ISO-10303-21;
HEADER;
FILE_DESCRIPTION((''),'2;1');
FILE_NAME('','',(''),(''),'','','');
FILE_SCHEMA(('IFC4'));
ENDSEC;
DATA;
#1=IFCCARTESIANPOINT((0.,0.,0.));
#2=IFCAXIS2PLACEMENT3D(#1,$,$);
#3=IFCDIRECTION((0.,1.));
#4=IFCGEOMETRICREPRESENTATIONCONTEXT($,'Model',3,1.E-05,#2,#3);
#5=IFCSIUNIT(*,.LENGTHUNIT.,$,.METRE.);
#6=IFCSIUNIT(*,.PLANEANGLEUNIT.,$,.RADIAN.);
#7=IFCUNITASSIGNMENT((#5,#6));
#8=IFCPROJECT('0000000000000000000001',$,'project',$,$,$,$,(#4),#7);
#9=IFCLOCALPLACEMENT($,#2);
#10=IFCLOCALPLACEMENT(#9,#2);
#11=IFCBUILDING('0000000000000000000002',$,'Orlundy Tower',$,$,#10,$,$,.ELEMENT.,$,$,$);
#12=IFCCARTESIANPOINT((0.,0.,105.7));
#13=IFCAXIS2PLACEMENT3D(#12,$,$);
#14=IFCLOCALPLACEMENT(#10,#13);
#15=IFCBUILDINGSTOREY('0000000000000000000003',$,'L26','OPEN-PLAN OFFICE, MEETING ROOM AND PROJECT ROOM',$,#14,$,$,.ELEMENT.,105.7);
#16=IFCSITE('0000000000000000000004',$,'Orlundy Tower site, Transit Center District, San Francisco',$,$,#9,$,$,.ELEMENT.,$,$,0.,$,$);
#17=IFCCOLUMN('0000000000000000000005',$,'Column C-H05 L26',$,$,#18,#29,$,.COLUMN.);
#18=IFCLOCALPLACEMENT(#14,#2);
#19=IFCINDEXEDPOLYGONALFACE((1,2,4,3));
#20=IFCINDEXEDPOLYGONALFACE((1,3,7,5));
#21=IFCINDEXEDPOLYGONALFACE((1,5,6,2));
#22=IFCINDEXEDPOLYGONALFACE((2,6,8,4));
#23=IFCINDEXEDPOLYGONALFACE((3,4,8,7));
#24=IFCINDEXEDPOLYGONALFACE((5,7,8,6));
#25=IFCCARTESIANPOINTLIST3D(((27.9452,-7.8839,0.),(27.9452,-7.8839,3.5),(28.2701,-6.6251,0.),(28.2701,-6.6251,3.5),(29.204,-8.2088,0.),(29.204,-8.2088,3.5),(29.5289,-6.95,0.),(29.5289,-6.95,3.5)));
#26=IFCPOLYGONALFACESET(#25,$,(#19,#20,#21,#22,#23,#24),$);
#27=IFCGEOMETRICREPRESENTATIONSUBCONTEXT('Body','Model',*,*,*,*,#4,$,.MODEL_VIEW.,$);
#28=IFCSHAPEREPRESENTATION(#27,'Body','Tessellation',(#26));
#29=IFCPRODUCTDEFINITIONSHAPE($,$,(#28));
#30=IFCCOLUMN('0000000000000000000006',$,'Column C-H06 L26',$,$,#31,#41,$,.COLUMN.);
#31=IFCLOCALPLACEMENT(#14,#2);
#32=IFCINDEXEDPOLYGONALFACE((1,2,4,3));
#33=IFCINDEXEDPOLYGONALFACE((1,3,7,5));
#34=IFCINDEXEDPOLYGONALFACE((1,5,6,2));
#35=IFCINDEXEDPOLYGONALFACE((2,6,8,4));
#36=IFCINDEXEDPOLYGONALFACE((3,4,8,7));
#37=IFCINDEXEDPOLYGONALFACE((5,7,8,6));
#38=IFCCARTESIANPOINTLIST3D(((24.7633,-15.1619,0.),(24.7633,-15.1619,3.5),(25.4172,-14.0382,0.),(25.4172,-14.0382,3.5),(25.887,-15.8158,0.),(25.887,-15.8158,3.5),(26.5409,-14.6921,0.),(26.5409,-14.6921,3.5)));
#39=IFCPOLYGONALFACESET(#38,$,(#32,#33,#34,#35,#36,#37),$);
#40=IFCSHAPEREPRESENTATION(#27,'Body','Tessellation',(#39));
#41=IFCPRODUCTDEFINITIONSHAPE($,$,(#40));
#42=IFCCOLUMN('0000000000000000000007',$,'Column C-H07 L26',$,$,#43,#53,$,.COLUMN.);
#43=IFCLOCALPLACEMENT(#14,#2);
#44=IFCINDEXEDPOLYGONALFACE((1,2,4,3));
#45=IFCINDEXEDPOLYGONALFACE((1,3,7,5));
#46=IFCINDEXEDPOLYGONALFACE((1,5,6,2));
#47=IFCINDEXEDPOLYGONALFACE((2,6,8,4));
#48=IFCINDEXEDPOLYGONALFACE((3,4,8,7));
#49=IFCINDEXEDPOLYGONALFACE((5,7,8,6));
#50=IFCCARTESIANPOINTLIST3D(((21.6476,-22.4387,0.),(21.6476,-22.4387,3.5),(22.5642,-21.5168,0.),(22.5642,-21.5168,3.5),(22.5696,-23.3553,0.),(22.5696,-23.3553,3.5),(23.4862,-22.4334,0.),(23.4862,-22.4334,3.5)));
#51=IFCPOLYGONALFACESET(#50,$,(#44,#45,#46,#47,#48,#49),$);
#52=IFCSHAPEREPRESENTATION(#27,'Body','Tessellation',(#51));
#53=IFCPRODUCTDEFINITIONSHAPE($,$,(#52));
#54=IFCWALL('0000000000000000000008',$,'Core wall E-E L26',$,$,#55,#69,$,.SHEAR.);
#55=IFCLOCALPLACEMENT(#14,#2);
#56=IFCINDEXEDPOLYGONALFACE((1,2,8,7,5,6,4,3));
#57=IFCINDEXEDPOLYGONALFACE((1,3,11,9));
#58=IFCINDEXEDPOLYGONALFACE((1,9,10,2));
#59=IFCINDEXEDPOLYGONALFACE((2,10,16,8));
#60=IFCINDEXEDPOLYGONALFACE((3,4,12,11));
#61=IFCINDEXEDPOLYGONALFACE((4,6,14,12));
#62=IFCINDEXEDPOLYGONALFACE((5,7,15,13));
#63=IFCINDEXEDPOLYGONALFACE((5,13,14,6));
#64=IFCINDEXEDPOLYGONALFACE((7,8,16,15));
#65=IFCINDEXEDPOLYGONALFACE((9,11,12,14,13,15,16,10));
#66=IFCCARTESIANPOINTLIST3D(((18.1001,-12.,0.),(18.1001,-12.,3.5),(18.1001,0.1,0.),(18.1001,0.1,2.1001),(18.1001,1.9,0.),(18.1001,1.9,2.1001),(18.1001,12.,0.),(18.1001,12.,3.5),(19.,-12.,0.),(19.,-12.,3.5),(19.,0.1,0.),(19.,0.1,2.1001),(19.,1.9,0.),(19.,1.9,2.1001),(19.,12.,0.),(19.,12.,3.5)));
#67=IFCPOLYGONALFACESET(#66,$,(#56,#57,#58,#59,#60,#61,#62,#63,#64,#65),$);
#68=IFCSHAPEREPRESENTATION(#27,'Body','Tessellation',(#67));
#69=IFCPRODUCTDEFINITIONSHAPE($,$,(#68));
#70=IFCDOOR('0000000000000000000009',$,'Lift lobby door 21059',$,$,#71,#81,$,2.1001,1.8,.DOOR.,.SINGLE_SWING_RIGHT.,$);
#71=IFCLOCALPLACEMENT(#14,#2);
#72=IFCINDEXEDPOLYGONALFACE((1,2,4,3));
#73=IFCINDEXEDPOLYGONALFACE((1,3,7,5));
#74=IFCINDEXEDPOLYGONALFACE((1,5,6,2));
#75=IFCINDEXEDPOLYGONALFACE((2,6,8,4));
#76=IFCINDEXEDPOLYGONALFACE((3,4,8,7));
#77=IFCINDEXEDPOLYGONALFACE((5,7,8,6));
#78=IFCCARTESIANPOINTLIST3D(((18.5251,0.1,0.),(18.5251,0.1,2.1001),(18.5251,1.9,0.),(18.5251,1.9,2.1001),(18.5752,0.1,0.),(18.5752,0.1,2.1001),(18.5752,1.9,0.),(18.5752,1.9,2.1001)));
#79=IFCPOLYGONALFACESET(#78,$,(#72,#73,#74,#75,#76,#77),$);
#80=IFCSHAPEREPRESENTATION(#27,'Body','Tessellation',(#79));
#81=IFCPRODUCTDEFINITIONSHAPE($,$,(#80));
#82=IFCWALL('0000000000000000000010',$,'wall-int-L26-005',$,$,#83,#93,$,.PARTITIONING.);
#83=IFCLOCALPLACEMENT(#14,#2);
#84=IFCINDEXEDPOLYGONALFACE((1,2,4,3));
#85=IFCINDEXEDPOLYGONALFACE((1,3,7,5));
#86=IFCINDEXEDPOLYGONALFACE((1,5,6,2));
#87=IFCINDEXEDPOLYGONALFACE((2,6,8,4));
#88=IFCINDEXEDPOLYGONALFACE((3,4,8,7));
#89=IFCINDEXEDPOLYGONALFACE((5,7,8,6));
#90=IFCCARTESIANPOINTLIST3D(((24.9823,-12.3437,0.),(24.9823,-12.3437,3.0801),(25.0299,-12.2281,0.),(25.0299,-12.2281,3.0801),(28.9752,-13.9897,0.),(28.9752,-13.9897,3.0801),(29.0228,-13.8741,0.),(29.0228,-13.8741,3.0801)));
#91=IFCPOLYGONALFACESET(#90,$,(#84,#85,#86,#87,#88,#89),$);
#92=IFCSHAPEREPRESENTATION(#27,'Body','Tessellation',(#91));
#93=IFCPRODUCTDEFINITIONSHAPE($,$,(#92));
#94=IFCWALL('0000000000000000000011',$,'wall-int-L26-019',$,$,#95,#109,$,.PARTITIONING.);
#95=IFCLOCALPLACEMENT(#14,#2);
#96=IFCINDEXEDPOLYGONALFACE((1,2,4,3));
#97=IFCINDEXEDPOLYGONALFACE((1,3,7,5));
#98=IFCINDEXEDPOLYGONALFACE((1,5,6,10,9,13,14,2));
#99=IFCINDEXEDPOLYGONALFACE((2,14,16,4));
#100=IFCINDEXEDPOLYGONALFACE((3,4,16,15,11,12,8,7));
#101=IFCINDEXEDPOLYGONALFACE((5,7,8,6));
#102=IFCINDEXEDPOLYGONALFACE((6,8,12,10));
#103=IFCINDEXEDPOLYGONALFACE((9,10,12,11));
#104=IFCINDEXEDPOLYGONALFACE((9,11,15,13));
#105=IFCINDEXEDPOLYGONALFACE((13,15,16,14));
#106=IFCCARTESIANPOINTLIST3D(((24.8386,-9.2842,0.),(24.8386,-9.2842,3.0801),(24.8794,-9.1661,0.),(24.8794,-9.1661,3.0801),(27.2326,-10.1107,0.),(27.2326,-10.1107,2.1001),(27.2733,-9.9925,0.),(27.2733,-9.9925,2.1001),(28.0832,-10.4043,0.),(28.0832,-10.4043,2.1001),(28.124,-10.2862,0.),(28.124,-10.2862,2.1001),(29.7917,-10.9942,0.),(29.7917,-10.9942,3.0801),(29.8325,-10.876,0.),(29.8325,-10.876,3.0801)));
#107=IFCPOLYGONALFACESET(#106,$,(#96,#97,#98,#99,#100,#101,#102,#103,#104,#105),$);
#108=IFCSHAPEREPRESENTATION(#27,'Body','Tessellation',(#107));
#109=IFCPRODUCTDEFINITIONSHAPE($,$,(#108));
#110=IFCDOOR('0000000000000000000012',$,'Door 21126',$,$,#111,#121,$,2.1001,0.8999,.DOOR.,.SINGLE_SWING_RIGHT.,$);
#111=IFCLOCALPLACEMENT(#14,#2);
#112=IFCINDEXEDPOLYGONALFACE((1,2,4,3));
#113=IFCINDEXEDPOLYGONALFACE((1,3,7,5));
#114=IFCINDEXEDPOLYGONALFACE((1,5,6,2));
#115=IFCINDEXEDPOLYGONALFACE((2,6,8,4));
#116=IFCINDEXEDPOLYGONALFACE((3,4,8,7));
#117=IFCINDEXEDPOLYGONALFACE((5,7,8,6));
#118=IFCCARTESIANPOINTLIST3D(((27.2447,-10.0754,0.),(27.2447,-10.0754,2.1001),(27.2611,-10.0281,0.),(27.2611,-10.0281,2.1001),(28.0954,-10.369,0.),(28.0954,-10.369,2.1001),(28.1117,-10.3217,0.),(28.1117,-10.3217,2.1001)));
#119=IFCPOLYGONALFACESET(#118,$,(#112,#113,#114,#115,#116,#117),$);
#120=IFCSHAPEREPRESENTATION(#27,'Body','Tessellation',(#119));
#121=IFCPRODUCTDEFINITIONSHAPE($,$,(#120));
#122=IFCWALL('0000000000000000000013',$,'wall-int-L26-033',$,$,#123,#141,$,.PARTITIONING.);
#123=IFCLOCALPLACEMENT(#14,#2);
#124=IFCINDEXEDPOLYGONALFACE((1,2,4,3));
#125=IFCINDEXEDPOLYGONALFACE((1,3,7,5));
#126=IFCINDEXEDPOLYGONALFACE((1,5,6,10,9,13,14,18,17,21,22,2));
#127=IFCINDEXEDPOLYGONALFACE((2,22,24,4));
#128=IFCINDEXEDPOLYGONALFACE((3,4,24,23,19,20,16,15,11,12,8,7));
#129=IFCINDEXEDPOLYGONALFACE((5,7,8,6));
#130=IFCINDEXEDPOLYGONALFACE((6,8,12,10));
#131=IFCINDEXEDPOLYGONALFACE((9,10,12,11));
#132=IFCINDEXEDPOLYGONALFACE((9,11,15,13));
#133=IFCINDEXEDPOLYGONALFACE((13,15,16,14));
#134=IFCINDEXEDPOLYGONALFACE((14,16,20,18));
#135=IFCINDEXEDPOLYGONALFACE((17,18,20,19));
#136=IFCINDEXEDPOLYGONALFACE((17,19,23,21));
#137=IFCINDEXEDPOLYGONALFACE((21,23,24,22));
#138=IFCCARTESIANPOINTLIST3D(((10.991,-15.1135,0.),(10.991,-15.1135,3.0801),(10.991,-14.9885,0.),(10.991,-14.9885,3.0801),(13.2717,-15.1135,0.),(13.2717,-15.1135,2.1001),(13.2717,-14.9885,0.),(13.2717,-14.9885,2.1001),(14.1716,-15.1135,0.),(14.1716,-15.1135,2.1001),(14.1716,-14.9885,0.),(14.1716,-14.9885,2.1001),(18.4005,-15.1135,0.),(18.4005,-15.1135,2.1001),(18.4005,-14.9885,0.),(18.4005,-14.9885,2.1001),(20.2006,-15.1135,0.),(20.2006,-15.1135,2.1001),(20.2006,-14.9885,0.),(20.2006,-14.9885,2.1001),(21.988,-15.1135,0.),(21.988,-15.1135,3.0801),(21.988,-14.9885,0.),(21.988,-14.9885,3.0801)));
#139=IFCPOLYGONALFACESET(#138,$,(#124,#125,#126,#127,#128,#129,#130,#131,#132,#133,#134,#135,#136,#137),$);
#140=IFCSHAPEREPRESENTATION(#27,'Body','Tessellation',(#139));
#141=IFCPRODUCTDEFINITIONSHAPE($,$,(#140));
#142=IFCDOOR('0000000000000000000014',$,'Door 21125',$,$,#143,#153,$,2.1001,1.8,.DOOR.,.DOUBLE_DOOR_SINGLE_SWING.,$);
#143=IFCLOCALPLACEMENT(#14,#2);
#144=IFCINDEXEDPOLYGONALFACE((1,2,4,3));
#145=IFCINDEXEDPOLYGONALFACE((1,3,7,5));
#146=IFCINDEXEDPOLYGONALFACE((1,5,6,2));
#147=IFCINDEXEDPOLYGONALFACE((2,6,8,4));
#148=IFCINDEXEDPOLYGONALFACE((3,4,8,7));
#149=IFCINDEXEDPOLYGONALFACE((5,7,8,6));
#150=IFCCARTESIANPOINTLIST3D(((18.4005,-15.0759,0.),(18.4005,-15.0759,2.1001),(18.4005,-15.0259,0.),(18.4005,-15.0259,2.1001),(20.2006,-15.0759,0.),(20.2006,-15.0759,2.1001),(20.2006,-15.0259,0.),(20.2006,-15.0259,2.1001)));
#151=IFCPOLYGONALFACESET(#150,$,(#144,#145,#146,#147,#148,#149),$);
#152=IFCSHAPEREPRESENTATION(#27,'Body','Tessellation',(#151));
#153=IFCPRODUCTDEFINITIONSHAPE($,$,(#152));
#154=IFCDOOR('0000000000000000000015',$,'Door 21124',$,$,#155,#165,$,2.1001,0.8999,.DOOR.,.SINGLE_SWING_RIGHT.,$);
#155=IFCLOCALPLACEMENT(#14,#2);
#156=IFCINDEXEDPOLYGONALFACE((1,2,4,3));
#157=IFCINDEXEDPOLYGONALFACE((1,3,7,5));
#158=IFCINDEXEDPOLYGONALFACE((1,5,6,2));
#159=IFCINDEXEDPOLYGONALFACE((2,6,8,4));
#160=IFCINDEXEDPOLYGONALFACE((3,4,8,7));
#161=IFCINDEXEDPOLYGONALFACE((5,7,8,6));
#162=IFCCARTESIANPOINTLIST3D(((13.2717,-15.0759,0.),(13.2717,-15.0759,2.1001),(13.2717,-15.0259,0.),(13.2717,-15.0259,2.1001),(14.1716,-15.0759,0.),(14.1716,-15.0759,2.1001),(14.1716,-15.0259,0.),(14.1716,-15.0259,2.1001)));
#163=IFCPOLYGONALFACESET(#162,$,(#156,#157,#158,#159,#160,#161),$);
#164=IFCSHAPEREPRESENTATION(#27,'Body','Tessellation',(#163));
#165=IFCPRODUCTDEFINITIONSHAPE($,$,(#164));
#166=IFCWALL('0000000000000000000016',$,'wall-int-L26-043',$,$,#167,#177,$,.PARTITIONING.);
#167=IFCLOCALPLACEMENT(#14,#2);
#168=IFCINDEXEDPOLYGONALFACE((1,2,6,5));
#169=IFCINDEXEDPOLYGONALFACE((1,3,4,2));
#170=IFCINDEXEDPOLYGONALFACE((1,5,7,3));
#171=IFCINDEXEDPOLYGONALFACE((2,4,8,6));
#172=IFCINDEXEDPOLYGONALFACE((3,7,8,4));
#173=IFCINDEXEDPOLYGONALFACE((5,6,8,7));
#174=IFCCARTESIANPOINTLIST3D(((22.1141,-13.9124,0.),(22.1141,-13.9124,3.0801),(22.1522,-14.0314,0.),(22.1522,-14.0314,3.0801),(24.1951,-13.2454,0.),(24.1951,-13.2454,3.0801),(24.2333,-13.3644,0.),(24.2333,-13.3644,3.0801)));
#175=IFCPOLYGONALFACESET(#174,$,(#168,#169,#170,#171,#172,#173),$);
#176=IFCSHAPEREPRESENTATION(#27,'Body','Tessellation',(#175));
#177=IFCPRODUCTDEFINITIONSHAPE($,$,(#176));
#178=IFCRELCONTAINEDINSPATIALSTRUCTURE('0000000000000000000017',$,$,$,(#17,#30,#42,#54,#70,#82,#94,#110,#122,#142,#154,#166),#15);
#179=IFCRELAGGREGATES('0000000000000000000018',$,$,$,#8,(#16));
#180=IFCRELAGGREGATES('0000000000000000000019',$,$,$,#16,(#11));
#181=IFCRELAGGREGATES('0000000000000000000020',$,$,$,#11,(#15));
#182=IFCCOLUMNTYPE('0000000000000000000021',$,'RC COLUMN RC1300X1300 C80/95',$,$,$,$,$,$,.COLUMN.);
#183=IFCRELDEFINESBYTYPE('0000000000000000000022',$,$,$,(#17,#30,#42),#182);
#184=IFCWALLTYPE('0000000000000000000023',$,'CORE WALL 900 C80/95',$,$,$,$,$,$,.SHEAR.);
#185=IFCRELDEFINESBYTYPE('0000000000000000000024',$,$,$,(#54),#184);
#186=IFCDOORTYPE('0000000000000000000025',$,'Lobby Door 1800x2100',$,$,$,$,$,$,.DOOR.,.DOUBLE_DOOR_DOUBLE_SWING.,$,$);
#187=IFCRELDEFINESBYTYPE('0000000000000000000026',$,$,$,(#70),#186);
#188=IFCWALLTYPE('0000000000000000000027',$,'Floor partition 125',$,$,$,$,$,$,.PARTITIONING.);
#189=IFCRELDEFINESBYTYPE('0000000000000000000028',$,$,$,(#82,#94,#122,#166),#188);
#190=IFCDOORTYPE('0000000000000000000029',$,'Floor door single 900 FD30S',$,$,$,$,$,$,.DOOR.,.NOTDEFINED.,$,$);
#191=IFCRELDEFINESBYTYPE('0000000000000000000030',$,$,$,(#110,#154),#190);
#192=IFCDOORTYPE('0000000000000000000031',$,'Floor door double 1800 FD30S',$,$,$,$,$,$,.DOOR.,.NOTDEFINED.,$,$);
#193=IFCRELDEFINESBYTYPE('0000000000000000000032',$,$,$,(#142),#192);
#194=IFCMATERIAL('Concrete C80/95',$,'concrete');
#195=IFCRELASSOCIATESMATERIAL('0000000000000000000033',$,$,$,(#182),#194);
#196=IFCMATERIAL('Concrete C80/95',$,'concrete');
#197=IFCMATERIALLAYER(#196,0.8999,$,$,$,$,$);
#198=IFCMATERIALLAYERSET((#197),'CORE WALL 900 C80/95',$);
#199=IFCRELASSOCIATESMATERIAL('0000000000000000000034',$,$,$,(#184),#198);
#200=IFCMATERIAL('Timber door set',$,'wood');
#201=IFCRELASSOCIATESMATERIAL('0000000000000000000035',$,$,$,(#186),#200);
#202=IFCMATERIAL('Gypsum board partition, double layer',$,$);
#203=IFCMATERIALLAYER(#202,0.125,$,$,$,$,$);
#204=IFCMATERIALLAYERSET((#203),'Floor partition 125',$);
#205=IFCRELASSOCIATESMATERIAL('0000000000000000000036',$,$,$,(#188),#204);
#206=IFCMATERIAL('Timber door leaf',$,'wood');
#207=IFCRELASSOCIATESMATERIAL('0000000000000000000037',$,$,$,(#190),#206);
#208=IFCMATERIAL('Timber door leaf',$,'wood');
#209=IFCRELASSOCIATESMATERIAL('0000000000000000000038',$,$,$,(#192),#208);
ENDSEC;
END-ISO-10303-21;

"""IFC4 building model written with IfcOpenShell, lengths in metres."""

from ifc_helpers import new_model, si_unit, direction, frame, frame_2d, origin, origin_2d, place, context, subcontext, project, spatial, rectangle, extrude, material, layer, layer_set, material_profile, profile_set, type_object, element, fill, save


model = new_model("IFC4")

# Units and contexts
model_context = context("Model", 3, precision=1e-05, world=origin(), true_north=direction((0.0, 1.0)))
body_context = subcontext(model_context, "Body", "Model", "MODEL_VIEW")
ifc_project = project(units=[si_unit("LENGTHUNIT", "METRE"), si_unit("PLANEANGLEUNIT", "RADIAN")], contexts=[model_context])

# Site, building, storey
site_placement = place(None, origin())
site = spatial("IfcSite", under=ifc_project, at=site_placement, Name="Orlundy Tower site, Transit Center District, San Francisco", CompositionType="ELEMENT", RefElevation=0.0)
building_placement = place(site_placement, origin())
building = spatial("IfcBuilding", under=site, at=building_placement, Name="Orlundy Tower", CompositionType="ELEMENT")
storey_placement = place(building_placement, frame((0.0, 0.0, 105.7)))
storey = spatial("IfcBuildingStorey", under=building, at=storey_placement, Name="L26", Description="OPEN-PLAN OFFICE, MEETING ROOM AND PROJECT ROOM", CompositionType="ELEMENT", Elevation=105.7)

# Columns
ifc_material_1 = material(Name="Concrete C80/95", Category="concrete")
ifc_material_profile = material_profile(ifc_material_1, rectangle(XDim=1.3, YDim=1.3, at=origin_2d()), Name="RC1300X1300")
ifc_profile_set = profile_set([ifc_material_profile], Name="Concrete C80/95")
column_type = type_object("IfcColumnType", Name="RC COLUMN RC1300X1300 C80/95", PredefinedType="COLUMN", material=ifc_profile_set)
for number, where, z_axis, x_axis, name in (
    (1, (28.7371, -7.417, 0.0), (0.0, 0.0, 1.0), (0.96827, -0.249907, 0.0), "Column C-H05 L26"),
    (2, (25.6521, -14.927, 0.0), (0.0, 0.0, 1.0), (0.864319, -0.502945, 0.0), "Column C-H06 L26"),
    (3, (22.5669, -22.436, 0.0), (0.0, 0.0, 1.0), (0.709165, -0.705043, 0.0), "Column C-H07 L26"),
):
    element("IfcColumn", number, at=place(storey_placement, frame(where, z_axis=z_axis, x_axis=x_axis)), inside=storey, type_object=column_type, Name=name, PredefinedType="COLUMN", context=body_context, shape_type="SweptSolid", body=[
        extrude(rectangle(XDim=1.3, YDim=1.3, at=origin_2d()), origin(), (0.0, 0.0, 1.0), 3.5),
    ])

# Wall, opening, door
ifc_material_2 = material(Name="Concrete C80/95", Category="concrete")
ifc_layer_1 = layer(ifc_material_2, 0.8999)
ifc_layer_set_1 = layer_set([ifc_layer_1], Name="CORE WALL 900 C80/95")
wall_type_1 = type_object("IfcWallType", Name="CORE WALL 900 C80/95", PredefinedType="SHEAR", material=ifc_layer_set_1)
wall_1_placement = place(storey_placement, frame((18.55, -12.0, 0.0), z_axis=(0.0, 0.0, 1.0), x_axis=(0.0, 1.0, 0.0)))
wall_1 = element("IfcWall", 4, at=wall_1_placement, inside=storey, type_object=wall_type_1, Name="Core wall E-E L26", PredefinedType="SHEAR", context=body_context, shape_type="SweptSolid", body=[
    extrude(rectangle(XDim=24.0, YDim=0.8999, at=frame_2d((12.0, 0.0))), origin(), (0.0, 0.0, 1.0), 3.5),
])
opening_1_placement = place(wall_1_placement, frame((12.1001, 0.0, 0.0)))
opening_1 = element("IfcOpeningElement", 5, at=opening_1_placement, cuts=wall_1, PredefinedType="OPENING", context=body_context, shape_type="SweptSolid", body=[
    extrude(rectangle(XDim=1.8, YDim=2.1001, at=frame_2d((0.8999, 1.05))), frame((0.0, 0.46, 0.0), z_axis=(0.0, -1.0, 0.0), x_axis=(1.0, 0.0, 0.0)), (0.0, 0.0, 1.0), 0.9199),
])
ifc_material_3 = material(Name="Timber door set", Category="wood")
door_type_1 = type_object("IfcDoorType", Name="Lobby Door 1800x2100", OperationType="DOUBLE_DOOR_DOUBLE_SWING", PredefinedType="DOOR", material=ifc_material_3)
door_1_placement = place(opening_1_placement, origin())
door_1 = element("IfcDoor", 6, at=door_1_placement, inside=storey, type_object=door_type_1, Name="Lift lobby door 21059", OperationType="SINGLE_SWING_RIGHT", OverallHeight=2.1001, OverallWidth=1.8, PredefinedType="DOOR", context=body_context, shape_type="SweptSolid", body=[
    extrude(rectangle(XDim=1.8, YDim=2.1001, at=frame_2d((0.8999, 1.05))), frame((0.0, 0.0249, 0.0), z_axis=(0.0, -1.0, 0.0), x_axis=(1.0, 0.0, 0.0)), (0.0, 0.0, 1.0), 0.05),
])
fill(opening_1, door_1)

# Wall
ifc_material_4 = material(Name="Gypsum board partition, double layer")
ifc_layer_2 = layer(ifc_material_4, 0.125)
ifc_layer_set_2 = layer_set([ifc_layer_2], Name="Floor partition 125")
wall_type_2 = type_object("IfcWallType", Name="Floor partition 125", PredefinedType="PARTITIONING", material=ifc_layer_set_2)
wall_2_placement = place(storey_placement, frame((25.0061, -12.2859, 0.0), z_axis=(0.0, 0.0, 1.0), x_axis=(0.924527, -0.381117, 0.0)))
element("IfcWall", 7, at=wall_2_placement, inside=storey, type_object=wall_type_2, Name="wall-int-L26-005", PredefinedType="PARTITIONING", context=body_context, shape_type="SweptSolid", body=[
    extrude(rectangle(XDim=4.3188, YDim=0.125, at=frame_2d((2.1594, 0.0))), origin(), (0.0, 0.0, 1.0), 3.0801),
])

# Wall, opening, door
wall_3_placement = place(storey_placement, frame((24.8589, -9.2251, 0.0), z_axis=(0.0, 0.0, 1.0), x_axis=(0.945256, -0.32633, 0.0)))
wall_3 = element("IfcWall", 8, at=wall_3_placement, inside=storey, type_object=wall_type_2, Name="wall-int-L26-019", PredefinedType="PARTITIONING", context=body_context, shape_type="SweptSolid", body=[
    extrude(rectangle(XDim=5.24, YDim=0.125, at=frame_2d((2.6201, 0.0))), origin(), (0.0, 0.0, 1.0), 3.0801),
])
opening_2_placement = place(wall_3_placement, frame((2.5327, 0.0, 0.0)))
opening_2 = element("IfcOpeningElement", 9, at=opening_2_placement, cuts=wall_3, PredefinedType="OPENING", context=body_context, shape_type="SweptSolid", body=[
    extrude(rectangle(XDim=0.8999, YDim=2.1001, at=frame_2d((0.45, 1.05))), frame((0.0, 0.0725, 0.0), z_axis=(0.0, -1.0, 0.0), x_axis=(1.0, 0.0, 0.0)), (0.0, 0.0, 1.0), 0.145),
])
ifc_material_5 = material(Name="Timber door leaf", Category="wood")
door_type_2 = type_object("IfcDoorType", Name="Floor door single 900 FD30S", OperationType="NOTDEFINED", PredefinedType="DOOR", material=ifc_material_5)
door_2_placement = place(opening_2_placement, origin())
door_2 = element("IfcDoor", 10, at=door_2_placement, inside=storey, type_object=door_type_2, Name="Door 21126", OperationType="SINGLE_SWING_RIGHT", OverallHeight=2.1001, OverallWidth=0.8999, PredefinedType="DOOR", context=body_context, shape_type="SweptSolid", body=[
    extrude(rectangle(XDim=0.8999, YDim=2.1001, at=frame_2d((0.45, 1.05))), frame((0.0, 0.0249, 0.0), z_axis=(0.0, -1.0, 0.0), x_axis=(1.0, 0.0, 0.0)), (0.0, 0.0, 1.0), 0.05),
])
fill(opening_2, door_2)

# Wall, openings, doors
wall_4_placement = place(storey_placement, frame((21.988, -15.051, 0.0), z_axis=(0.0, 0.0, 1.0), x_axis=(-1.0, 0.0, 0.0)))
wall_4 = element("IfcWall", 11, at=wall_4_placement, inside=storey, type_object=wall_type_2, Name="wall-int-L26-033", PredefinedType="PARTITIONING", context=body_context, shape_type="SweptSolid", body=[
    extrude(rectangle(XDim=10.9971, YDim=0.125, at=frame_2d((5.4985, 0.0))), origin(), (0.0, 0.0, 1.0), 3.0801),
])
opening_3_placement = place(wall_4_placement, frame((7.8164, 0.0, 0.0)))
opening_3 = element("IfcOpeningElement", 12, at=opening_3_placement, cuts=wall_4, PredefinedType="OPENING", context=body_context, shape_type="SweptSolid", body=[
    extrude(rectangle(XDim=0.8999, YDim=2.1001, at=frame_2d((0.45, 1.05))), frame((0.0, 0.0725, 0.0), z_axis=(0.0, -1.0, 0.0), x_axis=(1.0, 0.0, 0.0)), (0.0, 0.0, 1.0), 0.145),
])
opening_4_placement = place(wall_4_placement, frame((1.7876, 0.0, 0.0)))
opening_4 = element("IfcOpeningElement", 13, at=opening_4_placement, cuts=wall_4, PredefinedType="OPENING", context=body_context, shape_type="SweptSolid", body=[
    extrude(rectangle(XDim=1.8, YDim=2.1001, at=frame_2d((0.8999, 1.05))), frame((0.0, 0.0725, 0.0), z_axis=(0.0, -1.0, 0.0), x_axis=(1.0, 0.0, 0.0)), (0.0, 0.0, 1.0), 0.145),
])
ifc_material_6 = material(Name="Timber door leaf", Category="wood")
door_type_3 = type_object("IfcDoorType", Name="Floor door double 1800 FD30S", OperationType="NOTDEFINED", PredefinedType="DOOR", material=ifc_material_6)
door_3_placement = place(opening_4_placement, origin())
door_3 = element("IfcDoor", 14, at=door_3_placement, inside=storey, type_object=door_type_3, Name="Door 21125", OperationType="DOUBLE_DOOR_SINGLE_SWING", OverallHeight=2.1001, OverallWidth=1.8, PredefinedType="DOOR", context=body_context, shape_type="SweptSolid", body=[
    extrude(rectangle(XDim=1.8, YDim=2.1001, at=frame_2d((0.8999, 1.05))), frame((0.0, 0.0249, 0.0), z_axis=(0.0, -1.0, 0.0), x_axis=(1.0, 0.0, 0.0)), (0.0, 0.0, 1.0), 0.05),
])
fill(opening_4, door_3)
door_4_placement = place(opening_3_placement, origin())
door_4 = element("IfcDoor", 15, at=door_4_placement, inside=storey, type_object=door_type_2, Name="Door 21124", OperationType="SINGLE_SWING_RIGHT", OverallHeight=2.1001, OverallWidth=0.8999, PredefinedType="DOOR", context=body_context, shape_type="SweptSolid", body=[
    extrude(rectangle(XDim=0.8999, YDim=2.1001, at=frame_2d((0.45, 1.05))), frame((0.0, 0.0249, 0.0), z_axis=(0.0, -1.0, 0.0), x_axis=(1.0, 0.0, 0.0)), (0.0, 0.0, 1.0), 0.05),
])
fill(opening_3, door_4)

# Wall
wall_5_placement = place(storey_placement, frame((22.1331, -13.9719, 0.0), z_axis=(0.0, 0.0, 1.0), x_axis=(0.952284, 0.305213, 0.0)))
element("IfcWall", 16, at=wall_5_placement, inside=storey, type_object=wall_type_2, Name="wall-int-L26-043", PredefinedType="PARTITIONING", context=body_context, shape_type="SweptSolid", body=[
    extrude(rectangle(XDim=2.1853, YDim=0.125, at=frame_2d((1.0928, 0.0))), origin(), (0.0, 0.0, 1.0), 3.0801),
])

save(model, "model.ifc")
